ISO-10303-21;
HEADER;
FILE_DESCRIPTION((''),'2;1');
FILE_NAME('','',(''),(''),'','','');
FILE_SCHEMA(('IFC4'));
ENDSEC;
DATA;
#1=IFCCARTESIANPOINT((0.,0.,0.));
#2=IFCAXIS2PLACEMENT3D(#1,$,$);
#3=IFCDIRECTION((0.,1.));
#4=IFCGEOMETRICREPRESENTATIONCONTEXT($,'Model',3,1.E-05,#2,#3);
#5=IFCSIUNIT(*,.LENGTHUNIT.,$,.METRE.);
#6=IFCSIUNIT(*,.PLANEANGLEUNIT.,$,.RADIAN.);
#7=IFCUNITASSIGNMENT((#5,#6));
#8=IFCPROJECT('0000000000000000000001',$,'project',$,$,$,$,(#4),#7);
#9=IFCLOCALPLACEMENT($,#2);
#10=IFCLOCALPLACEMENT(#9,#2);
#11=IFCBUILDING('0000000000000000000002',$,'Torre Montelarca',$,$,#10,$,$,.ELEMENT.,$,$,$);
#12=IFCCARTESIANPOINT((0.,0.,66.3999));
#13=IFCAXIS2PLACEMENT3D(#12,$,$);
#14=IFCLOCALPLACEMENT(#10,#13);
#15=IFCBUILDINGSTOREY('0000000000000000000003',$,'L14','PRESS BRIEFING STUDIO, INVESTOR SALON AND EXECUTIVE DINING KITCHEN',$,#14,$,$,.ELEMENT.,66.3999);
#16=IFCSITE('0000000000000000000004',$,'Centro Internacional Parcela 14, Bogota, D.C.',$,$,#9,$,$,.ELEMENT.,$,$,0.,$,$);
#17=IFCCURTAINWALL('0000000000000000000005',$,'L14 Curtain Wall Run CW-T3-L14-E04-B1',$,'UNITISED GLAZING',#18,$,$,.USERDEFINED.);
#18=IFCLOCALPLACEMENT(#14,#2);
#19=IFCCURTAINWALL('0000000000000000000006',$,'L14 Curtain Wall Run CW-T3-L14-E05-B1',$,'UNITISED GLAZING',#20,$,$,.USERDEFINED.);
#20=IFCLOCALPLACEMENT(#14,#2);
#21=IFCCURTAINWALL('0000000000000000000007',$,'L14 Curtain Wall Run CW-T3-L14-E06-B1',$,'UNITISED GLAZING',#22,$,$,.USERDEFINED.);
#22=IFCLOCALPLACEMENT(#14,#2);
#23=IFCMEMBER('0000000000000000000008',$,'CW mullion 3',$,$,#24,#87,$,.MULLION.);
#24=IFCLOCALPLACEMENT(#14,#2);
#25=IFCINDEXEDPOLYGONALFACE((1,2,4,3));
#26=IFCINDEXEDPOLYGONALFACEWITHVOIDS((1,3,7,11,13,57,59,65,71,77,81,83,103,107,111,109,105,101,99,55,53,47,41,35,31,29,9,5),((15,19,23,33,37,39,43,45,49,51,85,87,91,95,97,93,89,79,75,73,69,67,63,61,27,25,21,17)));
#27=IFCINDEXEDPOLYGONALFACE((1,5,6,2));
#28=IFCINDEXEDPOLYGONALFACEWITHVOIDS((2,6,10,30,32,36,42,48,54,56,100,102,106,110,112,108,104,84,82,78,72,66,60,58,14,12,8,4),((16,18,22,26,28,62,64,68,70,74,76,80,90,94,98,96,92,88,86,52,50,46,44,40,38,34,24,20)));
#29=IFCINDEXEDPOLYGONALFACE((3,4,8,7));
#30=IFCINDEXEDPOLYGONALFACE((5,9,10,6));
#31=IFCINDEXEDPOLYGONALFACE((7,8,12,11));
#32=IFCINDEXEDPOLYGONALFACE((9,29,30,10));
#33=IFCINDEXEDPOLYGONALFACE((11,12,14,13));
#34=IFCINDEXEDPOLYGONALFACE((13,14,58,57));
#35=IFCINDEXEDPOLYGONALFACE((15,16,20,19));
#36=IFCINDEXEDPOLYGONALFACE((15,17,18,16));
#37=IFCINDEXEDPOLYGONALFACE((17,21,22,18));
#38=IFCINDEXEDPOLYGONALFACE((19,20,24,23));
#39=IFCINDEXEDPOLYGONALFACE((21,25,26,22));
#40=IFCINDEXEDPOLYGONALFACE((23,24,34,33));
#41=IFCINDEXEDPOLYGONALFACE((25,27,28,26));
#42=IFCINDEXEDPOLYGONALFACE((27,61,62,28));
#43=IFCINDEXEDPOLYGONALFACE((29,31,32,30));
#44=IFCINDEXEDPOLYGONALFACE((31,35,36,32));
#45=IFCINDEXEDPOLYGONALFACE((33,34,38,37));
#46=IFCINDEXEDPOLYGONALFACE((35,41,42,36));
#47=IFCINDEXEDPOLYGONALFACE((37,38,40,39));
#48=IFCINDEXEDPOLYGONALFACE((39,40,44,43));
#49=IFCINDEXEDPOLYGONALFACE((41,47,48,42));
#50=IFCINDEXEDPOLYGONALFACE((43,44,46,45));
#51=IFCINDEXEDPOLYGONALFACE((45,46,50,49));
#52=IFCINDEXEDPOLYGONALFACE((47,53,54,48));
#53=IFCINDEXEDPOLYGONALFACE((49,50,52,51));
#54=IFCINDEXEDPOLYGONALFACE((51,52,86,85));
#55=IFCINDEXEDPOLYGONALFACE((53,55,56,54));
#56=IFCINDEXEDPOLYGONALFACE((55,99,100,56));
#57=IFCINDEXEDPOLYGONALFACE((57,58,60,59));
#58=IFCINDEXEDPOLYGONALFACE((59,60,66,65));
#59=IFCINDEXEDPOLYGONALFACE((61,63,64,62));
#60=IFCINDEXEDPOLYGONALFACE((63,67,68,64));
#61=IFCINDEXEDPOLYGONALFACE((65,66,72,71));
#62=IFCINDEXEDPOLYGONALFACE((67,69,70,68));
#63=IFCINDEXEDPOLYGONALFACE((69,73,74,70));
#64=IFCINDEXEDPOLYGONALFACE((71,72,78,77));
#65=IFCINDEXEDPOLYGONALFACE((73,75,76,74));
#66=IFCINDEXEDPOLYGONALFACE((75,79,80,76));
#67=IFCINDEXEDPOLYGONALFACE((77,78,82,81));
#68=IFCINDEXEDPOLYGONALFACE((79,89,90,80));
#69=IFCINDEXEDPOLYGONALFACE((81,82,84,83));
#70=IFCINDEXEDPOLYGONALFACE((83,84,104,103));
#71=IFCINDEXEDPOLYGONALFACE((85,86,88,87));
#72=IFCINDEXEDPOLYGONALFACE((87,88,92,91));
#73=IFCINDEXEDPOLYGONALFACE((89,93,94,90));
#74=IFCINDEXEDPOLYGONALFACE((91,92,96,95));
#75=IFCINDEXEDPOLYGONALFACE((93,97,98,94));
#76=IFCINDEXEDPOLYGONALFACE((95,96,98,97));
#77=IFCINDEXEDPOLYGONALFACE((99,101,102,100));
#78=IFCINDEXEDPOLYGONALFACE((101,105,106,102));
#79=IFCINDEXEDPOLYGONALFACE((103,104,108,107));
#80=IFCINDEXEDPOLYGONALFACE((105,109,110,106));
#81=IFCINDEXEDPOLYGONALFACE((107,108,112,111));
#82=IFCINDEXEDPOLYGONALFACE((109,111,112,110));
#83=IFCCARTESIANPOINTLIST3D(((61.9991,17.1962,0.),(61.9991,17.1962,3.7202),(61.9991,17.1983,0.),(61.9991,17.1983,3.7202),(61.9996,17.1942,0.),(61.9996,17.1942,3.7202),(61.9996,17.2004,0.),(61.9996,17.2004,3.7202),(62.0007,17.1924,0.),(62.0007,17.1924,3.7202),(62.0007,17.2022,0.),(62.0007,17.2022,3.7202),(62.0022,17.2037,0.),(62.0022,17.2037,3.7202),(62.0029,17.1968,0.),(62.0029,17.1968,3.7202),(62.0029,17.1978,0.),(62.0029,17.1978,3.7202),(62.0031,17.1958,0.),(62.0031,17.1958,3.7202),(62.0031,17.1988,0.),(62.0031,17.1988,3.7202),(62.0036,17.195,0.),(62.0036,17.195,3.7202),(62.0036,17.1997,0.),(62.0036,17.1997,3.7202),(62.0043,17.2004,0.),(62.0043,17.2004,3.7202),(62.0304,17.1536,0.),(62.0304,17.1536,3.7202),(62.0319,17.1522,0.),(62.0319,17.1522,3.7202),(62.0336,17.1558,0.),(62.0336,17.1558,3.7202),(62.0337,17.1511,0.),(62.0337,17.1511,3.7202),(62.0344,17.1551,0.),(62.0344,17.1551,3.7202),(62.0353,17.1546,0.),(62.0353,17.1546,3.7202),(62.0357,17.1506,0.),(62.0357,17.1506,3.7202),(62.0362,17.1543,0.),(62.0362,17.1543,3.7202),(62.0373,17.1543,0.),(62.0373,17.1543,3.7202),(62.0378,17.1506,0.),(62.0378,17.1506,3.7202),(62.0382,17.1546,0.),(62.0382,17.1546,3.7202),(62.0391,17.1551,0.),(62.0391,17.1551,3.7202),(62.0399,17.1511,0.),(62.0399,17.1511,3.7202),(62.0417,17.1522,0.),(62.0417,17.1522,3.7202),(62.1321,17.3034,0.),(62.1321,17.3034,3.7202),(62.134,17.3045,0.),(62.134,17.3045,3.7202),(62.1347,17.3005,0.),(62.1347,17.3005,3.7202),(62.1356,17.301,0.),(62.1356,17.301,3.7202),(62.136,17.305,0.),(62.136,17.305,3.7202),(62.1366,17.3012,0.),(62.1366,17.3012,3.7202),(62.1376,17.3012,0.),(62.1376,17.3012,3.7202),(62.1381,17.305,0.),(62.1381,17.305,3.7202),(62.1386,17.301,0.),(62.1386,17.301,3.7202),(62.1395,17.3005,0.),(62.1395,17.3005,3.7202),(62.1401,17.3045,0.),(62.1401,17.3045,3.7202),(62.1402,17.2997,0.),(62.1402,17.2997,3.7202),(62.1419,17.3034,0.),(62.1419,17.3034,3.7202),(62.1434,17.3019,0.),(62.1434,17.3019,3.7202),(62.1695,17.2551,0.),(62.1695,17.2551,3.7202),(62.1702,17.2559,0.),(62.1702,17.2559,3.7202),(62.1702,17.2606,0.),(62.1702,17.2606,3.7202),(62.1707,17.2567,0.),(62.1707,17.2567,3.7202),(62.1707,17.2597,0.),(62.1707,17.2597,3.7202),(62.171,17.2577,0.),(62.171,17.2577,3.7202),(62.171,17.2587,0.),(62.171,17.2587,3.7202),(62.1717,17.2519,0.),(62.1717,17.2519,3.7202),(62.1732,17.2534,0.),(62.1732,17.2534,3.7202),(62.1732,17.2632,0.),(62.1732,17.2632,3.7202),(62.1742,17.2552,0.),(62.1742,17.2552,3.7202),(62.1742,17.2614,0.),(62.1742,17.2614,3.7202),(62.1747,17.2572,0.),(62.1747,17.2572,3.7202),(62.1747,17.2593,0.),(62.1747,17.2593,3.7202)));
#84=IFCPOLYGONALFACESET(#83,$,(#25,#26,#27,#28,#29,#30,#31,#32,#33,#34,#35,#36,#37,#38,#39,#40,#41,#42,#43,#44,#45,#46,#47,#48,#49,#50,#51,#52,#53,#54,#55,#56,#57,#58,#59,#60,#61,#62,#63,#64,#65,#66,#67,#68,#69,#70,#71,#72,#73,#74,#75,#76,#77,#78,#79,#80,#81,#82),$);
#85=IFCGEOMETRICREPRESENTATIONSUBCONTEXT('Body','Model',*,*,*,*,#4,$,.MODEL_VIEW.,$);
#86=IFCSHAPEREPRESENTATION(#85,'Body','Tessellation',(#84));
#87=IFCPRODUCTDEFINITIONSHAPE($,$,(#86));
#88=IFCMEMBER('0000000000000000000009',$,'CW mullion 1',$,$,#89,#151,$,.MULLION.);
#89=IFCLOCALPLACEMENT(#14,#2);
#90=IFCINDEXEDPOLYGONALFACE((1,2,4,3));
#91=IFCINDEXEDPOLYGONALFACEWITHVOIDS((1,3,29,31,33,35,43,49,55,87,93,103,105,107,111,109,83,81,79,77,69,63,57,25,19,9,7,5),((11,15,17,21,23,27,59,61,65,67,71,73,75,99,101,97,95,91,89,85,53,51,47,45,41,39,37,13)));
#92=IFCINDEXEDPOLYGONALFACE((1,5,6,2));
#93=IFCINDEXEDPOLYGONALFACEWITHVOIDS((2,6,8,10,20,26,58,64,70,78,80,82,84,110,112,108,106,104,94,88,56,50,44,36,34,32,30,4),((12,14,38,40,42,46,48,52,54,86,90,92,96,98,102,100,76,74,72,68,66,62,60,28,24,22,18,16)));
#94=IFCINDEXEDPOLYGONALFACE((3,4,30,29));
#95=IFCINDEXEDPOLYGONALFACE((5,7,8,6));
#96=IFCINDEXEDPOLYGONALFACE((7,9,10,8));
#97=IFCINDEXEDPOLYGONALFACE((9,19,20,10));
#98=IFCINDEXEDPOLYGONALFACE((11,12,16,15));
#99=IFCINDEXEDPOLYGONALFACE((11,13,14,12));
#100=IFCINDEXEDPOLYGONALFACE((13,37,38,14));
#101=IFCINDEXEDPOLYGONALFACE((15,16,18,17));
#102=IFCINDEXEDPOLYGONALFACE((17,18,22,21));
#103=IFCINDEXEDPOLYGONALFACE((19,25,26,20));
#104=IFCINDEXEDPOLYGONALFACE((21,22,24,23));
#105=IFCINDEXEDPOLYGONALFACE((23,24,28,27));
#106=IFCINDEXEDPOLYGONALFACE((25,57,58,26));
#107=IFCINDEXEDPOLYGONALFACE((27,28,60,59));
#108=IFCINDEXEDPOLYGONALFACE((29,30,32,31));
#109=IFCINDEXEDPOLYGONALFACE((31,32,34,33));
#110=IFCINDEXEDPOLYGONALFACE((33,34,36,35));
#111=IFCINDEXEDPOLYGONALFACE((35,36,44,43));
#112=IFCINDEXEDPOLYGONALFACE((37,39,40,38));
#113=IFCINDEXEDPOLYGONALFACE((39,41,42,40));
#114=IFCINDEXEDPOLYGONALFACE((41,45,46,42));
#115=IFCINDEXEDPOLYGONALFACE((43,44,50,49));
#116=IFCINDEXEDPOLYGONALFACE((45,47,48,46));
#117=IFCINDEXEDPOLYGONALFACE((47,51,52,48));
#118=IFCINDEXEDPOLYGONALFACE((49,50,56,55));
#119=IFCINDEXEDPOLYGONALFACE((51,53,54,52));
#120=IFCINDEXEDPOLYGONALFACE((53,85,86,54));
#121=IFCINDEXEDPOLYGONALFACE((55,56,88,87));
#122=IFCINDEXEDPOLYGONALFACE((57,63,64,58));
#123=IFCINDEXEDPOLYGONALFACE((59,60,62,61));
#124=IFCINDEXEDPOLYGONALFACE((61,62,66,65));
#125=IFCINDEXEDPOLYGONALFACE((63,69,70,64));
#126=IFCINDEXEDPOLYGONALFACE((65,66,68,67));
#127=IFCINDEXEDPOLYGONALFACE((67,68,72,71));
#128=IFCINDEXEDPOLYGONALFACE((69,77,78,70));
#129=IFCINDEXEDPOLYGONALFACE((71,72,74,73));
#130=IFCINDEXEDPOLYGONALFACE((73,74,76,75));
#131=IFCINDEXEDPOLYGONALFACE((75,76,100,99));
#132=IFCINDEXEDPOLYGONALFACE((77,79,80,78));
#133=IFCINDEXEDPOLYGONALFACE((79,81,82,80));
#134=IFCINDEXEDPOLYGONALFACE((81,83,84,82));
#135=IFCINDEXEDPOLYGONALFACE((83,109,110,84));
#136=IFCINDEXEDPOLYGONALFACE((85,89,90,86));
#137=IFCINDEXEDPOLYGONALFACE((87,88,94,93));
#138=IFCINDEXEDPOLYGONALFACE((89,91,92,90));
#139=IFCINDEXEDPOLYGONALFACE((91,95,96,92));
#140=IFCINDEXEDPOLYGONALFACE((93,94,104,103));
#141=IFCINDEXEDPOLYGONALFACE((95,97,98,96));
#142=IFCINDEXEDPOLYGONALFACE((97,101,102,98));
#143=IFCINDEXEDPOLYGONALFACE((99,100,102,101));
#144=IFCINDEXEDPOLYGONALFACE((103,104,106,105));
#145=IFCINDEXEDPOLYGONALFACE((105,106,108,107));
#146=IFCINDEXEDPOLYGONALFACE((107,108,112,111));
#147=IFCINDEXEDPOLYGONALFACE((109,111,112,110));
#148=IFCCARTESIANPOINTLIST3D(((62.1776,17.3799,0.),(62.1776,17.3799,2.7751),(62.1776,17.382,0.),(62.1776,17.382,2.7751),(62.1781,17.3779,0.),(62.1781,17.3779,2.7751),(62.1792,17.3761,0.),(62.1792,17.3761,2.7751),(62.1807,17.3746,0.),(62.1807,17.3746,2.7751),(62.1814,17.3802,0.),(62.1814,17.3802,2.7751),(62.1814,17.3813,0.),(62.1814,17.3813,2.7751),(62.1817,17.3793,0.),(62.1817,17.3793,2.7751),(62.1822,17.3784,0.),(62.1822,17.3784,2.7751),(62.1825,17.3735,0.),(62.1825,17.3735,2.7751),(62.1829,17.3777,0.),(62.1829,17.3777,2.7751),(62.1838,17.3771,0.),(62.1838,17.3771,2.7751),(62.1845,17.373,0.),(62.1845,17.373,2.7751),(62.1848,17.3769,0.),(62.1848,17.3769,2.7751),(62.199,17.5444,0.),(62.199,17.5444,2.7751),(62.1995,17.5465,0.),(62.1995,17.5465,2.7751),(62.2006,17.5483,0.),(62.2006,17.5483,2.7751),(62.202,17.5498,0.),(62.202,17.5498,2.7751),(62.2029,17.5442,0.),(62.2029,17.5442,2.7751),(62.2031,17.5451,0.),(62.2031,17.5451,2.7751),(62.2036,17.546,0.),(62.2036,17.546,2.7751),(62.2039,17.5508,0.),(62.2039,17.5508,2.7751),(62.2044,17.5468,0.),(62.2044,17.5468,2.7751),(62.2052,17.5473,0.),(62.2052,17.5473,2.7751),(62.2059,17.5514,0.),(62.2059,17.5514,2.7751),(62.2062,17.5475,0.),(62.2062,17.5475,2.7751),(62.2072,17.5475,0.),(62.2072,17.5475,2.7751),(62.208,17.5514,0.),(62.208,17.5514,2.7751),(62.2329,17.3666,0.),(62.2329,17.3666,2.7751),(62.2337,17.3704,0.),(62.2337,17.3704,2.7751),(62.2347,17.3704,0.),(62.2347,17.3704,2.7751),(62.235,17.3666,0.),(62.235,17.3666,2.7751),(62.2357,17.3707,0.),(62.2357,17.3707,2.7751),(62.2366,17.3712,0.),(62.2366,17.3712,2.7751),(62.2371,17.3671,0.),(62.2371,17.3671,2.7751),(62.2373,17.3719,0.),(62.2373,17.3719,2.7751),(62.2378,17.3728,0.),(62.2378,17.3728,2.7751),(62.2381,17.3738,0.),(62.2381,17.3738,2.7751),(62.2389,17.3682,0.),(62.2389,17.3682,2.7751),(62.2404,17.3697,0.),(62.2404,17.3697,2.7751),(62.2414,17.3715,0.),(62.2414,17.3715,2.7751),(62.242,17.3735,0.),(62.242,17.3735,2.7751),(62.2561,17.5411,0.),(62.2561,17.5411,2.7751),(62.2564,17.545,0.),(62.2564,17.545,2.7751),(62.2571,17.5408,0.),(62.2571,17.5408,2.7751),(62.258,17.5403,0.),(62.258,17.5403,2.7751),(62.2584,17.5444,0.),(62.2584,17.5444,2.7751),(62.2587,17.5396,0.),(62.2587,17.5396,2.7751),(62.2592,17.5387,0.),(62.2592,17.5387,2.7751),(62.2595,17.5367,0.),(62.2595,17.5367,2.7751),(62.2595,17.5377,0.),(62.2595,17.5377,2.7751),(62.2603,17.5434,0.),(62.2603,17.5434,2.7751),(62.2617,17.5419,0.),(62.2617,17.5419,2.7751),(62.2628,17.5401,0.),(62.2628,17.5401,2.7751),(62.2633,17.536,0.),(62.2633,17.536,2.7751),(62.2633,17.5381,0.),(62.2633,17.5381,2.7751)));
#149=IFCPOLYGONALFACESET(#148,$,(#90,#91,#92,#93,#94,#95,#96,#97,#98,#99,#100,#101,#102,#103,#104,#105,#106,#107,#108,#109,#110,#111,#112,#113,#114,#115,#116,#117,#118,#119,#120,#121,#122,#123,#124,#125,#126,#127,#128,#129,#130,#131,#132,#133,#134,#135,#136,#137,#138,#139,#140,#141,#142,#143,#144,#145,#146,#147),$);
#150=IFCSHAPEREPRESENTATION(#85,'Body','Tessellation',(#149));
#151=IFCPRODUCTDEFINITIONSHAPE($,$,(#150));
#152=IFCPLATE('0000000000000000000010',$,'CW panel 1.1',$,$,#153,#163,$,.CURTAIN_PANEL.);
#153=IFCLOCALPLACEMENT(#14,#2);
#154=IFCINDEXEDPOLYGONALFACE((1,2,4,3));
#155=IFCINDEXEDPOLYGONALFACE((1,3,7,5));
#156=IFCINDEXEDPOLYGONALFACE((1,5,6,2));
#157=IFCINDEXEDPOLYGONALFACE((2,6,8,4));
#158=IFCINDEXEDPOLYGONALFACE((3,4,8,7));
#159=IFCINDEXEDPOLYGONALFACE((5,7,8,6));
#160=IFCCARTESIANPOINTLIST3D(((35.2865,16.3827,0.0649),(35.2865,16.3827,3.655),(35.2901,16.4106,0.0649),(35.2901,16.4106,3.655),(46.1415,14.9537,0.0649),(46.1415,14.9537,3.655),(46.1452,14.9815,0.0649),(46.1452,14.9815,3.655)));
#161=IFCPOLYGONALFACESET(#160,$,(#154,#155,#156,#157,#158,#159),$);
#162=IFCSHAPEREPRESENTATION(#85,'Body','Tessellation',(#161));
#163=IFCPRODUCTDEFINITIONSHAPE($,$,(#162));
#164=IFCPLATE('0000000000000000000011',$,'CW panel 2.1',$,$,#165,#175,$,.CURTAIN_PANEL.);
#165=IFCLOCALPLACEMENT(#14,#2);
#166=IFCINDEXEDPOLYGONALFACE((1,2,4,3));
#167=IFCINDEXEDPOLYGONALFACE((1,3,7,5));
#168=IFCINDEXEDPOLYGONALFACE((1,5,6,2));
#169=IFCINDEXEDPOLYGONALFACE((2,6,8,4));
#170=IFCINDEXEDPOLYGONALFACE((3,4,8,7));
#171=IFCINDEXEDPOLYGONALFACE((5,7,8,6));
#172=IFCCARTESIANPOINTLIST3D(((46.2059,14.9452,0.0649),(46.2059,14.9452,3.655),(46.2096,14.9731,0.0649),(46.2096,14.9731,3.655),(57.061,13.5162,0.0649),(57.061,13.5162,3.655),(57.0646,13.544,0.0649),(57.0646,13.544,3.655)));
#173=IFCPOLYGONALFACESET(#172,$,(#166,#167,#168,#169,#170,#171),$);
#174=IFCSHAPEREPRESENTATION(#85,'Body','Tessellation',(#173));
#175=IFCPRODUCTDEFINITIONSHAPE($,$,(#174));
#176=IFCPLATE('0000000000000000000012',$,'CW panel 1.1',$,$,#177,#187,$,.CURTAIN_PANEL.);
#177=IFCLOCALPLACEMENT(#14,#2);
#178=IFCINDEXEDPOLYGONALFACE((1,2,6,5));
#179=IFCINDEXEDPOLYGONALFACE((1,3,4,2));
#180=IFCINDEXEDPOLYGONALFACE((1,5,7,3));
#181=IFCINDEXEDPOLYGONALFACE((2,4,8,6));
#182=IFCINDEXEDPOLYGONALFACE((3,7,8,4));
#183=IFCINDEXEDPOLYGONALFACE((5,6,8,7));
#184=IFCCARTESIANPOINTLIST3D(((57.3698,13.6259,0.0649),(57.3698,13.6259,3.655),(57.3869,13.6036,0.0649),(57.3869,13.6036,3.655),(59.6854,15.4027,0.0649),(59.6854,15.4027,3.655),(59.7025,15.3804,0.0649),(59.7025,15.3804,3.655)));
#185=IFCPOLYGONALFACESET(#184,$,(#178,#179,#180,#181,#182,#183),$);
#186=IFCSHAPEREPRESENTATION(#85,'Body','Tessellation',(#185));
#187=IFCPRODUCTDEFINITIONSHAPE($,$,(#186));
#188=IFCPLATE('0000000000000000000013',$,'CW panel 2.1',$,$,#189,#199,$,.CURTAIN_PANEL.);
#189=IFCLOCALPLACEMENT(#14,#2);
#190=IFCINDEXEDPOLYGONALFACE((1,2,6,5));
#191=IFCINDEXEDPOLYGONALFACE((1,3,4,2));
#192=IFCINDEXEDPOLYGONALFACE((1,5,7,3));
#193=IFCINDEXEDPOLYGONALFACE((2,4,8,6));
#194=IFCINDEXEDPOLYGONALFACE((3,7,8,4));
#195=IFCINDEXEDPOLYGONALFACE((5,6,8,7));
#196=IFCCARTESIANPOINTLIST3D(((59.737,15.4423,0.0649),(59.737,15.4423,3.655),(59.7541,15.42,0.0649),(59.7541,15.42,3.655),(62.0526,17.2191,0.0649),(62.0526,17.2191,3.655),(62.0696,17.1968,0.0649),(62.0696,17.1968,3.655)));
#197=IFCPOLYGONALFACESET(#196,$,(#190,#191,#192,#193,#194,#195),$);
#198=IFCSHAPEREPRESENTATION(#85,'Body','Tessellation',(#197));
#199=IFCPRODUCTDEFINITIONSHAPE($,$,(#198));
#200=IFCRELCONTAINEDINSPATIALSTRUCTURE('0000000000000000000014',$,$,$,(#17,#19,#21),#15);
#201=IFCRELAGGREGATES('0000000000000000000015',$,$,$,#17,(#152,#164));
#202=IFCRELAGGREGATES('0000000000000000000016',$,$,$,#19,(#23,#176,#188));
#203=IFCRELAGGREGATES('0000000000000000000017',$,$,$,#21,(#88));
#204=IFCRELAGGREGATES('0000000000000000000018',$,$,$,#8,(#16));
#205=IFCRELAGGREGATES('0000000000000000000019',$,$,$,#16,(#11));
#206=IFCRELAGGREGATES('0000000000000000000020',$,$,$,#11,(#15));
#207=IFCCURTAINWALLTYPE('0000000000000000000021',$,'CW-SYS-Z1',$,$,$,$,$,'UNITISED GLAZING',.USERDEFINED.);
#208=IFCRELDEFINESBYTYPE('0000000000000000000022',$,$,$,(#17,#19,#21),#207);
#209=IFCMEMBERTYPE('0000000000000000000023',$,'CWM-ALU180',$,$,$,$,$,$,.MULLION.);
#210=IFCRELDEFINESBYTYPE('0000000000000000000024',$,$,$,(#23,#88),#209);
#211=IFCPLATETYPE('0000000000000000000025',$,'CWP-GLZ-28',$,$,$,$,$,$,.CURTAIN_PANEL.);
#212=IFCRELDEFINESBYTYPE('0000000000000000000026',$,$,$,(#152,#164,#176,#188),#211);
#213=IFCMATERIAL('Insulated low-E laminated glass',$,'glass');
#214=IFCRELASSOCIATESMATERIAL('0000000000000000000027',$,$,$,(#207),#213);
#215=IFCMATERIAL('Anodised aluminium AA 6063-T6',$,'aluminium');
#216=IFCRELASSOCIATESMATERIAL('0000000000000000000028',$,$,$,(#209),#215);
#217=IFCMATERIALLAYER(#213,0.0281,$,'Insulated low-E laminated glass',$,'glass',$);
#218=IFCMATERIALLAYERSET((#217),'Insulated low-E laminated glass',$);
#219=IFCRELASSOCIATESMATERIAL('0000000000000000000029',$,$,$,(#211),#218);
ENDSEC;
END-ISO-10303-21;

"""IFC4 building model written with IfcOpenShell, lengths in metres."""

from ifc_helpers import new_model, si_unit, direction, frame, origin, origin_2d, place, context, subcontext, project, spatial, rectangle, hollow_rectangle, extrude, source, transform, mapped, material, layer, layer_set, material_profile, profile_set, type_object, element, aggregate, save


model = new_model("IFC4")

# Units and contexts
model_context = context("Model", 3, precision=1e-05, world=origin(), true_north=direction((0.0, 1.0)))
body_context = subcontext(model_context, "Body", "Model", "MODEL_VIEW")
ifc_project = project(units=[si_unit("LENGTHUNIT", "METRE"), si_unit("PLANEANGLEUNIT", "RADIAN")], contexts=[model_context])

# Site, building, storey
site_placement = place(None, origin())
site = spatial("IfcSite", under=ifc_project, at=site_placement, Name="Centro Internacional Parcela 14, Bogota, D.C.", CompositionType="ELEMENT", RefElevation=0.0)
building_placement = place(site_placement, origin())
building = spatial("IfcBuilding", under=site, at=building_placement, Name="Torre Montelarca", CompositionType="ELEMENT")
storey_placement = place(building_placement, frame((0.0, 0.0, 66.3999)))
storey = spatial("IfcBuildingStorey", under=building, at=storey_placement, Name="L14", Description="PRESS BRIEFING STUDIO, INVESTOR SALON AND EXECUTIVE DINING KITCHEN", CompositionType="ELEMENT", Elevation=66.3999)

# Curtain walls
ifc_material_1 = material(Name="Insulated low-E laminated glass", Category="glass")
curtain_wall_type = type_object("IfcCurtainWallType", Name="CW-SYS-Z1", ElementType="UNITISED GLAZING", PredefinedType="USERDEFINED", material=ifc_material_1)
curtain_wall_1_placement = place(storey_placement, origin())
curtain_wall_1 = element("IfcCurtainWall", 1, at=curtain_wall_1_placement, inside=storey, type_object=curtain_wall_type, Name="L14 Curtain Wall Run CW-T3-L14-E04-B1", ObjectType="UNITISED GLAZING", PredefinedType="USERDEFINED")
ifc_material_2 = material(Name="Anodised aluminium AA 6063-T6", Category="aluminium")
curtain_wall_2_placement = place(storey_placement, origin())
curtain_wall_2 = element("IfcCurtainWall", 2, at=curtain_wall_2_placement, inside=storey, type_object=curtain_wall_type, Name="L14 Curtain Wall Run CW-T3-L14-E05-B1", ObjectType="UNITISED GLAZING", PredefinedType="USERDEFINED")
curtain_wall_3_placement = place(storey_placement, origin())
curtain_wall_3 = element("IfcCurtainWall", 3, at=curtain_wall_3_placement, inside=storey, type_object=curtain_wall_type, Name="L14 Curtain Wall Run CW-T3-L14-E06-B1", ObjectType="UNITISED GLAZING", PredefinedType="USERDEFINED")

# Members
ifc_material_profile_1 = material_profile(ifc_material_2, hollow_rectangle(XDim=0.0649, YDim=0.1799, WallThickness=0.0039, InnerFilletRadius=0.0039, OuterFilletRadius=0.0081, at=origin_2d()), Name="ALU65X180X4", Category="aluminium")
ifc_profile_set_1 = profile_set([ifc_material_profile_1], Name="Anodised aluminium AA 6063-T6")
member_type_1 = type_object("IfcMemberType", Name="CWM-ALU180", PredefinedType="MULLION", material=ifc_profile_set_1)
shared_shape_1 = source(origin(), body_context, "Body", "SweptSolid", [
    extrude(hollow_rectangle(XDim=0.0649, YDim=0.1799, WallThickness=0.0039, InnerFilletRadius=0.0039, OuterFilletRadius=0.0081, at=origin_2d()), origin(), (0.0, 0.0, 1.0), 3.7202),
])
member_1_placement = place(storey_placement, frame((62.0869, 17.2278, 0.0), z_axis=(0.0, 0.0, 1.0), x_axis=(-0.608764, 0.793351, 0.0)))
member_1 = element("IfcMember", 4, at=member_1_placement, type_object=member_type_1, Name="CW mullion 3", PredefinedType="MULLION", context=body_context, shape_type="MappedRepresentation", body=[
    mapped(shared_shape_1, transform((0.0, 0.0, 0.0), scale=1.0)),
])
shared_shape_2 = source(origin(), body_context, "Body", "SweptSolid", [
    extrude(hollow_rectangle(XDim=0.0649, YDim=0.1799, WallThickness=0.0039, InnerFilletRadius=0.0039, OuterFilletRadius=0.0081, at=origin_2d()), origin(), (0.0, 0.0, 1.0), 2.7751),
])
member_2_placement = place(storey_placement, frame((62.2205, 17.459, 0.0), z_axis=(0.0, 0.0, 1.0), x_axis=(-0.991446, 0.130519, 0.0)))
member_2 = element("IfcMember", 5, at=member_2_placement, type_object=member_type_1, Name="CW mullion 1", PredefinedType="MULLION", context=body_context, shape_type="MappedRepresentation", body=[
    mapped(shared_shape_2, transform((0.0, 0.0, 0.0), scale=1.0)),
])

# Plates
ifc_layer_1 = layer(ifc_material_1, 0.0281, Name="Insulated low-E laminated glass", Category="glass")
ifc_layer_set_1 = layer_set([ifc_layer_1], Name="Insulated low-E laminated glass")
plate_type = type_object("IfcPlateType", Name="CWP-GLZ-28", PredefinedType="CURTAIN_PANEL", material=ifc_layer_set_1)
shared_shape_3 = source(origin(), body_context, "Body", "SweptSolid", [
    extrude(rectangle(XDim=10.9487, YDim=0.0281, at=origin_2d()), origin(), (0.0, 0.0, 1.0), 3.5901),
])
plate_1_placement = place(storey_placement, frame((40.7158, 15.6821, 0.0649), z_axis=(0.0, 0.0, 1.0), x_axis=(0.991446, -0.130521, 0.0)))
plate_1 = element("IfcPlate", 6, at=plate_1_placement, type_object=plate_type, Name="CW panel 1.1", PredefinedType="CURTAIN_PANEL", context=body_context, shape_type="MappedRepresentation", body=[
    mapped(shared_shape_3, transform((0.0, 0.0, 0.0), scale=1.0)),
])
plate_2_placement = place(storey_placement, frame((51.6353, 14.2446, 0.0649), z_axis=(0.0, 0.0, 1.0), x_axis=(0.991446, -0.130521, 0.0)))
plate_2 = element("IfcPlate", 7, at=plate_2_placement, type_object=plate_type, Name="CW panel 2.1", PredefinedType="CURTAIN_PANEL", context=body_context, shape_type="MappedRepresentation", body=[
    mapped(shared_shape_3, transform((0.0, 0.0, 0.0), scale=1.0)),
])
aggregate(curtain_wall_1, [plate_1, plate_2])
shared_shape_4 = source(origin(), body_context, "Body", "SweptSolid", [
    extrude(rectangle(XDim=2.9187, YDim=0.0281, at=origin_2d()), origin(), (0.0, 0.0, 1.0), 3.5901),
])
plate_3_placement = place(storey_placement, frame((58.5361, 14.5032, 0.0649), z_axis=(0.0, 0.0, 1.0), x_axis=(0.793351, 0.608764, 0.0)))
plate_3 = element("IfcPlate", 8, at=plate_3_placement, type_object=plate_type, Name="CW panel 1.1", PredefinedType="CURTAIN_PANEL", context=body_context, shape_type="MappedRepresentation", body=[
    mapped(shared_shape_4, transform((0.0, 0.0, 0.0), scale=1.0)),
])
plate_4_placement = place(storey_placement, frame((60.9033, 16.3196, 0.0649), z_axis=(0.0, 0.0, 1.0), x_axis=(0.793351, 0.608764, 0.0)))
plate_4 = element("IfcPlate", 9, at=plate_4_placement, type_object=plate_type, Name="CW panel 2.1", PredefinedType="CURTAIN_PANEL", context=body_context, shape_type="MappedRepresentation", body=[
    mapped(shared_shape_4, transform((0.0, 0.0, 0.0), scale=1.0)),
])
aggregate(curtain_wall_2, [member_1, plate_3, plate_4])
aggregate(curtain_wall_3, [member_2])

save(model, "model.ifc")
